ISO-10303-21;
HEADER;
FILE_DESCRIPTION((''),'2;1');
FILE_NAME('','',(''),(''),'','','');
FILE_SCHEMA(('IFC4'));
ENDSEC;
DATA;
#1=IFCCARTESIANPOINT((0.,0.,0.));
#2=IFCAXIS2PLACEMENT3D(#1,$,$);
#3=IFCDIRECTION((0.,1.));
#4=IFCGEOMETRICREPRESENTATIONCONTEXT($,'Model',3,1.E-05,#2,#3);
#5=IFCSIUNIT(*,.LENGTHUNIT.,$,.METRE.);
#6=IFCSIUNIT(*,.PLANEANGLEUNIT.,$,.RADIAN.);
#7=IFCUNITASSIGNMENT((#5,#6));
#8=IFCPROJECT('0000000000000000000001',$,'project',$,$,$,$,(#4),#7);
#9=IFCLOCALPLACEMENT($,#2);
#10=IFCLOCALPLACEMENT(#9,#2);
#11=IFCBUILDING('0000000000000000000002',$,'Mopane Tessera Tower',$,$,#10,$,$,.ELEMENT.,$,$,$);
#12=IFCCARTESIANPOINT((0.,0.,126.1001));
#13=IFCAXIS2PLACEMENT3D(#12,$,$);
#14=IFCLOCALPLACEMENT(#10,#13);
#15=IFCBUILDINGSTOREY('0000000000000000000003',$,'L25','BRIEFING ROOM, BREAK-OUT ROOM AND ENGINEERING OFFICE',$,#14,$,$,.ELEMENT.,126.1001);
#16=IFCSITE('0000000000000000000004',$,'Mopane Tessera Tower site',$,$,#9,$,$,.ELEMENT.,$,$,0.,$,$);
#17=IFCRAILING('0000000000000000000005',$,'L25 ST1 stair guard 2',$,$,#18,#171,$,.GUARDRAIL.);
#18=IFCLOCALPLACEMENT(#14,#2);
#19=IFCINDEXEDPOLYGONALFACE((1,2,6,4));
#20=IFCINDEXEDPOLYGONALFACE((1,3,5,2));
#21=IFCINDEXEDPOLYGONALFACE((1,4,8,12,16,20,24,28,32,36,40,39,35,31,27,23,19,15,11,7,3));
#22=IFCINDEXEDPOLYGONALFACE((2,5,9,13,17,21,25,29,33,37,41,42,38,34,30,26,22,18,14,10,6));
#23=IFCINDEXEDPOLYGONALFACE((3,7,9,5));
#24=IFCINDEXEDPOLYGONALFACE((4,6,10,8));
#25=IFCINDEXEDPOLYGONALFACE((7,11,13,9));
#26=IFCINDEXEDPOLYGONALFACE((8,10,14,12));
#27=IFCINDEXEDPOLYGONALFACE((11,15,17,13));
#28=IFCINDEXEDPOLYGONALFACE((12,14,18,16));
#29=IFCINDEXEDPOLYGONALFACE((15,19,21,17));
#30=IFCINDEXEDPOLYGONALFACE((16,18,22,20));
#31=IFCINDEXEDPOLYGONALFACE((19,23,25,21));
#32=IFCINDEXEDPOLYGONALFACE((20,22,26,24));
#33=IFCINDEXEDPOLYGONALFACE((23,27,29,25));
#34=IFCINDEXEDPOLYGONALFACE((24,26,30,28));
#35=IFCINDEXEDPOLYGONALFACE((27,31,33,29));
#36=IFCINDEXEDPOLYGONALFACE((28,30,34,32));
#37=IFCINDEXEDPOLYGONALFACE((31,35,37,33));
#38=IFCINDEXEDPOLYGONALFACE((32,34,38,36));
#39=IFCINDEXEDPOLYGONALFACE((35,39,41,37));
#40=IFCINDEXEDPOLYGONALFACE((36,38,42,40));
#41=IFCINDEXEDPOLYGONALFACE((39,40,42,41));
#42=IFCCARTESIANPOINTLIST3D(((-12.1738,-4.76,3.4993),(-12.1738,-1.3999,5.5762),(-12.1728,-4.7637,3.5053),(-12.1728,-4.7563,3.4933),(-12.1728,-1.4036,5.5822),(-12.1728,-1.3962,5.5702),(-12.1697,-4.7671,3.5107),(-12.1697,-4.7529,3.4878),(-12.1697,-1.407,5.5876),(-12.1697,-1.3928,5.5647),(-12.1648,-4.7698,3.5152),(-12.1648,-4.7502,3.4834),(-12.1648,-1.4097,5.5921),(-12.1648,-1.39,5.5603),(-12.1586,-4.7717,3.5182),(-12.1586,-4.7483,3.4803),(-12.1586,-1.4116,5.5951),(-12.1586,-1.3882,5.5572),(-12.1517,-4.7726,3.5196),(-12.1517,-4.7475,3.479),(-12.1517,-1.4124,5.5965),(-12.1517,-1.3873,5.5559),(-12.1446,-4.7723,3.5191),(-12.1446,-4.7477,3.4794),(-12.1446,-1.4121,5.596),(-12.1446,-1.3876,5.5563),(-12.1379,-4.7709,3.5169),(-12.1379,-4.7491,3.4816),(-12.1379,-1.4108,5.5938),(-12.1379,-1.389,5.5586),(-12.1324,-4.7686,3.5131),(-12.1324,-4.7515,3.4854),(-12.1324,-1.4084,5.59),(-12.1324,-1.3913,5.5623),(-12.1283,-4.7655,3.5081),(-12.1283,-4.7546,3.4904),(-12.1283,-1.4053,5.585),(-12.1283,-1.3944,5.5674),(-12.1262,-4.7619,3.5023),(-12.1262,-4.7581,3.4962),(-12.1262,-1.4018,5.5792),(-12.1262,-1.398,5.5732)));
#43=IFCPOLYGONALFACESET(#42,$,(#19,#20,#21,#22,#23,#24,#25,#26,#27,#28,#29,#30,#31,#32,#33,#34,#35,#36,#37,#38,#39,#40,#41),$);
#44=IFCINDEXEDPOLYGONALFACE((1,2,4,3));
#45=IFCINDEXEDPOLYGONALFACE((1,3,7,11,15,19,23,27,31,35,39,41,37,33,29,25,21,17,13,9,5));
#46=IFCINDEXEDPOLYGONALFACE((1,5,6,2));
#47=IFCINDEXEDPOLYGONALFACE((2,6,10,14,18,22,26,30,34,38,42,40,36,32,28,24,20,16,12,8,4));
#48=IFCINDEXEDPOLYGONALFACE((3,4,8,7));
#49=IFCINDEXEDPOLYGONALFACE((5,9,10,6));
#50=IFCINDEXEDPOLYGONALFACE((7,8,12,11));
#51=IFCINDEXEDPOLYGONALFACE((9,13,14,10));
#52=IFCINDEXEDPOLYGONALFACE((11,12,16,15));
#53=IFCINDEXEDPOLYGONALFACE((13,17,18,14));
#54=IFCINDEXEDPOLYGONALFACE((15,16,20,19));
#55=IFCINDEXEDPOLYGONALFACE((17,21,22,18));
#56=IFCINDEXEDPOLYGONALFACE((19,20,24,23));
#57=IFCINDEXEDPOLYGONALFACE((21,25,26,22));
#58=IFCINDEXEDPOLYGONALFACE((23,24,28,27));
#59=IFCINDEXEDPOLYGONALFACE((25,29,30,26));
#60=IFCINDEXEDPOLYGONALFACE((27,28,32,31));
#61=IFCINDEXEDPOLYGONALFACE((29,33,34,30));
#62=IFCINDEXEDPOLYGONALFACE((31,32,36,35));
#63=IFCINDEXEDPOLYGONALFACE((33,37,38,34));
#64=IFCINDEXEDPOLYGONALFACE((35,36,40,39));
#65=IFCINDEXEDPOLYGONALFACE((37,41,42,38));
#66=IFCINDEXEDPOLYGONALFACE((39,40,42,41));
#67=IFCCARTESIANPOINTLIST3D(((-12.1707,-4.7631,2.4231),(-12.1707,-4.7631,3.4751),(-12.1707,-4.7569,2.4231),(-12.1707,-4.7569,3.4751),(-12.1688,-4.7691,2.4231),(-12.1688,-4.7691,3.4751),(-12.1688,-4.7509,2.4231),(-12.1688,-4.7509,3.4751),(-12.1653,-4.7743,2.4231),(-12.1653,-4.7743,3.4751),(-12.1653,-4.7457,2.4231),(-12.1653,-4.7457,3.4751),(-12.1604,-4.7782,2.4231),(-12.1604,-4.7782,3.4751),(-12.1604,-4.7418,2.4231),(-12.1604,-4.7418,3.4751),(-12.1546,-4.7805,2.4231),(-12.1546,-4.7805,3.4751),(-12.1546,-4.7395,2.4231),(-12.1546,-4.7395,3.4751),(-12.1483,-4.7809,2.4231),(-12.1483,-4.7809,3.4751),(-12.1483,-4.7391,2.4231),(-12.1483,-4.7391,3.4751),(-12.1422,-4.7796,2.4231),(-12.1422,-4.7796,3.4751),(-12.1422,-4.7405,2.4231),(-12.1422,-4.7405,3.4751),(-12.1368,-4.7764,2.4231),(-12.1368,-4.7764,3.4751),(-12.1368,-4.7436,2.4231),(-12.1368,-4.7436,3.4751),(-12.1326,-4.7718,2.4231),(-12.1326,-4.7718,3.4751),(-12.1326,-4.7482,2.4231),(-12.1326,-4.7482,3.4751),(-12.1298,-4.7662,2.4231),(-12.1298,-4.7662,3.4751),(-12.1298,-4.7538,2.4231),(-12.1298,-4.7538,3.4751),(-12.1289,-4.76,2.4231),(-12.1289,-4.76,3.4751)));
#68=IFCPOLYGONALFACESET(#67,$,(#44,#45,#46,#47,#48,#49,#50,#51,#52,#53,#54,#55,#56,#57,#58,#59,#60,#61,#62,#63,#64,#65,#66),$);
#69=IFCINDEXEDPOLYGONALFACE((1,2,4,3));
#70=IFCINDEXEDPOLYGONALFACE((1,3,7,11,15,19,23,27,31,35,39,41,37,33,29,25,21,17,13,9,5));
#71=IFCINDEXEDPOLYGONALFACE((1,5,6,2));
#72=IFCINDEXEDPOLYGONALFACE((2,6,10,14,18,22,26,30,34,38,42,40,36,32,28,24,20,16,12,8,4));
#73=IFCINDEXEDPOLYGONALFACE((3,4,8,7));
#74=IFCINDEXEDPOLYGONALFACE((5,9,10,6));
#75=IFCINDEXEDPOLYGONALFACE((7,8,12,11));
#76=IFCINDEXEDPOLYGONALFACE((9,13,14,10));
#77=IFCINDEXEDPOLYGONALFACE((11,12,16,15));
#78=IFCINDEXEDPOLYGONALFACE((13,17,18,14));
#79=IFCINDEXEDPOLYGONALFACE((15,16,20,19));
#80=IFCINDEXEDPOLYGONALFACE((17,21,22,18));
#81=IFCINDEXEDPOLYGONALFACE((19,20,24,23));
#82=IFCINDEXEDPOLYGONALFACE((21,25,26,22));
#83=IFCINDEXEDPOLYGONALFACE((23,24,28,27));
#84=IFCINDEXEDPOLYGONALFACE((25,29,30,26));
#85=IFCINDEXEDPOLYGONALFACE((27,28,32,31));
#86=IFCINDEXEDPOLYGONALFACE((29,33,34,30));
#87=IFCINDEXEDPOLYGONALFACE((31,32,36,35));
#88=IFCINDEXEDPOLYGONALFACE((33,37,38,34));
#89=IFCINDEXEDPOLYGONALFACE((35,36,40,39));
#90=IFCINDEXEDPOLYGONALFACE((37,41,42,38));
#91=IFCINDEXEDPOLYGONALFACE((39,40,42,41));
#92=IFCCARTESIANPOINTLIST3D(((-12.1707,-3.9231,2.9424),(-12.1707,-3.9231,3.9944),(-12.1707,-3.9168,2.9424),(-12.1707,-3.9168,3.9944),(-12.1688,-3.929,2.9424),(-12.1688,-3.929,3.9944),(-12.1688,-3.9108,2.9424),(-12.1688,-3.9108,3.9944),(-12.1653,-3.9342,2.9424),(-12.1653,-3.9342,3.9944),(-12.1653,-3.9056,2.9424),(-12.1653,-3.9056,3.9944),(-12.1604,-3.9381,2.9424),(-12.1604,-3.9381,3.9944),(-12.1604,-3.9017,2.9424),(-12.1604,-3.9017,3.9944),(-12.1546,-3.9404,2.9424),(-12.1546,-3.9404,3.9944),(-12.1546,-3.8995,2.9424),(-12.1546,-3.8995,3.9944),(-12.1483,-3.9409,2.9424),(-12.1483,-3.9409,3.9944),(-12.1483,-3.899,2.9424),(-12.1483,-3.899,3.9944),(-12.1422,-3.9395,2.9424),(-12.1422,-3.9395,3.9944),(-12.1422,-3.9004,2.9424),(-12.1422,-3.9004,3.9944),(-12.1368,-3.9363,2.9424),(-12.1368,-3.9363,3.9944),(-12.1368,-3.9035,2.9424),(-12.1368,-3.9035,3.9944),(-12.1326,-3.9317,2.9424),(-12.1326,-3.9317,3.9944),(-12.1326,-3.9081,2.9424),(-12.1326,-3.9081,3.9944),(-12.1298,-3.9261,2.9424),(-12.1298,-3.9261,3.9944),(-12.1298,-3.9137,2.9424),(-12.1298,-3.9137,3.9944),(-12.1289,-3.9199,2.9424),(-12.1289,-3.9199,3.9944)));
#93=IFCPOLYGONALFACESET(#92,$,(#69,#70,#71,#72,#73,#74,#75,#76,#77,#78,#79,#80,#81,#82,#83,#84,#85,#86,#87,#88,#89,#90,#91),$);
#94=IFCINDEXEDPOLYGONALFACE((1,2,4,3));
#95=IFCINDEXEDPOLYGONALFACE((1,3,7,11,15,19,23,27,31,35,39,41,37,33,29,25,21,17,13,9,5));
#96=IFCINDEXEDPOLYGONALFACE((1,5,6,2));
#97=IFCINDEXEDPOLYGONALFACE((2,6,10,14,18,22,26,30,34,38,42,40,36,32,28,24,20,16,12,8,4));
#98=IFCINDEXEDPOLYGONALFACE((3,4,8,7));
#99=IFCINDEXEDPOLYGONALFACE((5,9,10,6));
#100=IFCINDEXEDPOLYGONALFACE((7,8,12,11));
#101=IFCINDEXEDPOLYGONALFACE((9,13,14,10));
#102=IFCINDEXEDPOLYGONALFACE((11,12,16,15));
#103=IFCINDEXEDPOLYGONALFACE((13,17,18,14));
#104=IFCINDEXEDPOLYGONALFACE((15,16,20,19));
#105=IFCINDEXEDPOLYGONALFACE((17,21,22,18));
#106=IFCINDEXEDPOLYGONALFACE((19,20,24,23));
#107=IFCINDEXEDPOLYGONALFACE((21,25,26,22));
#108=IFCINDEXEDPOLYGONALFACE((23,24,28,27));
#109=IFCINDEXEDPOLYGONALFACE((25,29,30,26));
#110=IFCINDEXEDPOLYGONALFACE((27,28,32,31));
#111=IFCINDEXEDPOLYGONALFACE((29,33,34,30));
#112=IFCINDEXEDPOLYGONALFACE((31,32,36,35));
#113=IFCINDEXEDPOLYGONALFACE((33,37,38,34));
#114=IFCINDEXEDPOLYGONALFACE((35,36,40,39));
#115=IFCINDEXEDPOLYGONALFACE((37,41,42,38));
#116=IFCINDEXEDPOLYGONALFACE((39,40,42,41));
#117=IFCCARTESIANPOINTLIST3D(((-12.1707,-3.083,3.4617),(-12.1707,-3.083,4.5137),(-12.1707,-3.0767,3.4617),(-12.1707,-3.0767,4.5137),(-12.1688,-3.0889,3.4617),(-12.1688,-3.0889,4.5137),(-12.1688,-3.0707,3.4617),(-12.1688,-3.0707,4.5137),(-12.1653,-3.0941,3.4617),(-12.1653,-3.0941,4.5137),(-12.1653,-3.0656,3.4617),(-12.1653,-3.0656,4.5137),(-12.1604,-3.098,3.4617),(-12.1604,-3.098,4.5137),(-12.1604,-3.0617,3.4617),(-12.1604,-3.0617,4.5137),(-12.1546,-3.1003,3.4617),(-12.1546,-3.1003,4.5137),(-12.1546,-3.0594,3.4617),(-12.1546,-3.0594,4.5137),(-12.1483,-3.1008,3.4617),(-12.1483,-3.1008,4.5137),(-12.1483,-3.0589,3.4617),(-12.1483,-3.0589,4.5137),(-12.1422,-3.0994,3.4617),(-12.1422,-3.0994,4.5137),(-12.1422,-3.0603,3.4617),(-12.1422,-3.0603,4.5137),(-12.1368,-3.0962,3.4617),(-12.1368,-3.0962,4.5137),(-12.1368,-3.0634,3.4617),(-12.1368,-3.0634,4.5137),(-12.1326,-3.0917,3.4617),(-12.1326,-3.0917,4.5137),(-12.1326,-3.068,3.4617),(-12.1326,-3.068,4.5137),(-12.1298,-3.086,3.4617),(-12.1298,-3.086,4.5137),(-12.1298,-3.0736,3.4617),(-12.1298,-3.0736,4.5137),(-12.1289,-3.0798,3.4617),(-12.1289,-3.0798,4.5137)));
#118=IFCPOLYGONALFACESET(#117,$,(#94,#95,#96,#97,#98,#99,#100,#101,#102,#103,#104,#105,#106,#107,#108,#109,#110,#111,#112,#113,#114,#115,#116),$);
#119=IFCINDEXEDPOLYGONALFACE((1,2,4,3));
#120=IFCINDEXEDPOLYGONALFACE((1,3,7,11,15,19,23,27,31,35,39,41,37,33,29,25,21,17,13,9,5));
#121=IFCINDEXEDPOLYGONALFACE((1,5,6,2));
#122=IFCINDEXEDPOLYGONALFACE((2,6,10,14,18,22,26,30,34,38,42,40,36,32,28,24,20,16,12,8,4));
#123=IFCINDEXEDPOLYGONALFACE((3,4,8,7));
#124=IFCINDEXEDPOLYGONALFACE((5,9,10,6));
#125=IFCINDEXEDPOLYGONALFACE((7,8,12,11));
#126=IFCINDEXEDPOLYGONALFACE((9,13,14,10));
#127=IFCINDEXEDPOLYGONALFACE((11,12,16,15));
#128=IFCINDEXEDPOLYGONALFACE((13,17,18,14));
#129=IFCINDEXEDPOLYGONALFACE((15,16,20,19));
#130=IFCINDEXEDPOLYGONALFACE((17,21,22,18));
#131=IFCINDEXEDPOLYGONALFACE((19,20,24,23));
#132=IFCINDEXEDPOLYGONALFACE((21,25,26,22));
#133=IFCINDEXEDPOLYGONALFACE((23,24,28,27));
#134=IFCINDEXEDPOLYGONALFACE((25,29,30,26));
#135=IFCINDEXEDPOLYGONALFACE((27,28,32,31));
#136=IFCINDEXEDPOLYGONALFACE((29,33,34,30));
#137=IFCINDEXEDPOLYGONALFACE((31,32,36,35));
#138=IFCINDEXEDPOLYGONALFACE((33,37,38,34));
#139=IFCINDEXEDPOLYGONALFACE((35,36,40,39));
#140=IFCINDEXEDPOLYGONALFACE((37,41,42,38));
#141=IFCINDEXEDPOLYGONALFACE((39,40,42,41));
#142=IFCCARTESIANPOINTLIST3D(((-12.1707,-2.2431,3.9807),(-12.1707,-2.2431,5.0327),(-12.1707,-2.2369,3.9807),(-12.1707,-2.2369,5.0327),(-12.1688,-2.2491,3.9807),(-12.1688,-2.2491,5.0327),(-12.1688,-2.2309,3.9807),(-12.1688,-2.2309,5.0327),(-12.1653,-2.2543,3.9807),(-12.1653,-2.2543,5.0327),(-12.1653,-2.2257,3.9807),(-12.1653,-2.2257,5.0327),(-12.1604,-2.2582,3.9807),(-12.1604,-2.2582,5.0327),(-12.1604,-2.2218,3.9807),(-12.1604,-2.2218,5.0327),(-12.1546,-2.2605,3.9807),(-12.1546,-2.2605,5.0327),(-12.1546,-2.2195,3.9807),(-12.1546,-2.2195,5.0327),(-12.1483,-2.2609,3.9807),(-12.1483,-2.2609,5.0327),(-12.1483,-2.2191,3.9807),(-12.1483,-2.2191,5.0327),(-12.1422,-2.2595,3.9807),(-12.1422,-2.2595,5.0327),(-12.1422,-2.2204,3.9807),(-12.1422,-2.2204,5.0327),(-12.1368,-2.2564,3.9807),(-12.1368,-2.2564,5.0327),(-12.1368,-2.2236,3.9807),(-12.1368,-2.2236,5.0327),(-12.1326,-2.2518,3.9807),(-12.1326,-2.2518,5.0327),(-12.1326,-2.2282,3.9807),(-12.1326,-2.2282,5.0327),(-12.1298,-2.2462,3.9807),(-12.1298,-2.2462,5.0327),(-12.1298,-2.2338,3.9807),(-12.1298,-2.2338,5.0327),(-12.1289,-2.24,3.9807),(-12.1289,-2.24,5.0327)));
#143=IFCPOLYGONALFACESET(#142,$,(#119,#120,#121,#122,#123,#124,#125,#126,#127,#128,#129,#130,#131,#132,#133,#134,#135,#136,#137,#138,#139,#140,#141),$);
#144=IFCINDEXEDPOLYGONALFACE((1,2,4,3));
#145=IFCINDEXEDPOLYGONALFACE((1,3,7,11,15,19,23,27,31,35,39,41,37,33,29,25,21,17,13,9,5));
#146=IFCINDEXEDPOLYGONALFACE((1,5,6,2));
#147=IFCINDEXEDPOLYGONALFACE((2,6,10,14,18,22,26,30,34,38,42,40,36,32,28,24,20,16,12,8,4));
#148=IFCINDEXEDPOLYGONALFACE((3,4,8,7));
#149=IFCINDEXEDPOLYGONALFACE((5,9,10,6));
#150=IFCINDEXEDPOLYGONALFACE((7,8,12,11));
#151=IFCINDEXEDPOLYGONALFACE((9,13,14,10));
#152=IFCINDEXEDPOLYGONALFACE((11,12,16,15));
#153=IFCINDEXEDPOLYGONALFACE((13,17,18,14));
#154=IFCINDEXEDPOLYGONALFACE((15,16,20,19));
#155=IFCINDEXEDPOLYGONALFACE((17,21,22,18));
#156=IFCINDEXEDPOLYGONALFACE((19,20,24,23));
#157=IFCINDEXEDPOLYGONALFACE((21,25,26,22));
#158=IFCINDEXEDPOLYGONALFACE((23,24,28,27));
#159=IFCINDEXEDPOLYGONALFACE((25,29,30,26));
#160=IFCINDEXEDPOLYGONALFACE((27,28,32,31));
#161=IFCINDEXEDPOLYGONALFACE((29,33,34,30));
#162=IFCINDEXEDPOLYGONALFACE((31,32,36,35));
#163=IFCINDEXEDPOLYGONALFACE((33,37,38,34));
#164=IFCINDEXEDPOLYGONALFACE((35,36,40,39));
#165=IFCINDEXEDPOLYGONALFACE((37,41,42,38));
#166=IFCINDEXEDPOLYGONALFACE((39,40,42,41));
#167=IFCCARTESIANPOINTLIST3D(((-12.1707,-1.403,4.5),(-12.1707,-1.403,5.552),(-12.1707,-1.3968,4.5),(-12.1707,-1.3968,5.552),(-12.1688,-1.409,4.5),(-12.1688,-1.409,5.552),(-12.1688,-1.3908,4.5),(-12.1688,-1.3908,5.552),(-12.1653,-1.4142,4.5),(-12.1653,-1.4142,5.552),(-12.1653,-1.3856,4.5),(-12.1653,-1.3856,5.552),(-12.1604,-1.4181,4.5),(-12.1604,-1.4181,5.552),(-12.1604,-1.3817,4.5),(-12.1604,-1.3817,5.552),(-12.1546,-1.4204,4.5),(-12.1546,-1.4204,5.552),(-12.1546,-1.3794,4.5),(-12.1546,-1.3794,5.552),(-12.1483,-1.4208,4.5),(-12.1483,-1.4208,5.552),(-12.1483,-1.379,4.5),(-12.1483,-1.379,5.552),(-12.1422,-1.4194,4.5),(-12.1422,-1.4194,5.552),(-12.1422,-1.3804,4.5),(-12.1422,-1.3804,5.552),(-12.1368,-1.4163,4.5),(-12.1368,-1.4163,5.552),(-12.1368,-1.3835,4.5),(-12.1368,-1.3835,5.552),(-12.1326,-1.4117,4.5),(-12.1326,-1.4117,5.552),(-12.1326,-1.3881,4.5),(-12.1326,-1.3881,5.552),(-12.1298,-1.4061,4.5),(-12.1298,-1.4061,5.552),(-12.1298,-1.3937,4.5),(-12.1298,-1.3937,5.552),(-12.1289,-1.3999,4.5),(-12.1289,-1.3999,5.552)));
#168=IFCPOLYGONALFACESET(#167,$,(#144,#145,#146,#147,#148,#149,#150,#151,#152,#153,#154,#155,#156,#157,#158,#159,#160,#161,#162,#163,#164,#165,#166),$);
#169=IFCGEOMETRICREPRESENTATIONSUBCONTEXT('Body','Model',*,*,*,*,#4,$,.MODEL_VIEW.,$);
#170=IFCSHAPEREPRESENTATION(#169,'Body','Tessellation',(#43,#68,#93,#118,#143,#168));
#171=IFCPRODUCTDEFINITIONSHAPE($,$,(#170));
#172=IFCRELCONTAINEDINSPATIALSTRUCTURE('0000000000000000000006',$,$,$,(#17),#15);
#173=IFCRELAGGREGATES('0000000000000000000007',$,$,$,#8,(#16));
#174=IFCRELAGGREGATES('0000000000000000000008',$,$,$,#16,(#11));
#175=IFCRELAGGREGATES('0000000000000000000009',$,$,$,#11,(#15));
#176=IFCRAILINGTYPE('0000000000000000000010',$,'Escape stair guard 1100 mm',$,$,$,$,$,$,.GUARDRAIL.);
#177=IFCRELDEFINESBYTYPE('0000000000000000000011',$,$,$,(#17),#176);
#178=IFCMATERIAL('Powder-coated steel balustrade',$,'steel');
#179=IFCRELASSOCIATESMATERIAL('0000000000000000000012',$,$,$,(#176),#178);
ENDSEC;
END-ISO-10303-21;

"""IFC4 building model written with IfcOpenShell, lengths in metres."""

from ifc_helpers import new_model, si_unit, direction, frame, origin, origin_2d, place, context, subcontext, project, spatial, circle, extrude, material, type_object, element, save


model = new_model("IFC4")

# Units and contexts
model_context = context("Model", 3, precision=1e-05, world=origin(), true_north=direction((0.0, 1.0)))
body_context = subcontext(model_context, "Body", "Model", "MODEL_VIEW")
ifc_project = project(units=[si_unit("LENGTHUNIT", "METRE"), si_unit("PLANEANGLEUNIT", "RADIAN")], contexts=[model_context])

# Site, building, storey
site_placement = place(None, origin())
site = spatial("IfcSite", under=ifc_project, at=site_placement, Name="Mopane Tessera Tower site", CompositionType="ELEMENT", RefElevation=0.0)
building_placement = place(site_placement, origin())
building = spatial("IfcBuilding", under=site, at=building_placement, Name="Mopane Tessera Tower", CompositionType="ELEMENT")
storey_placement = place(building_placement, frame((0.0, 0.0, 126.1001)))
storey = spatial("IfcBuildingStorey", under=building, at=storey_placement, Name="L25", Description="BRIEFING ROOM, BREAK-OUT ROOM AND ENGINEERING OFFICE", CompositionType="ELEMENT", Elevation=126.1001)

# Railing
ifc_material_1 = material(Name="Powder-coated steel balustrade", Category="steel")
railing_type_1 = type_object("IfcRailingType", Name="Escape stair guard 1100 mm", PredefinedType="GUARDRAIL", material=ifc_material_1)
railing_1_placement = place(storey_placement, frame((-12.1499, -4.76, 2.4231)))
element("IfcRailing", 1, at=railing_1_placement, inside=storey, type_object=railing_type_1, Name="L25 ST1 stair guard 2", PredefinedType="GUARDRAIL", context=body_context, shape_type="SweptSolid", body=[
    extrude(circle(Radius=0.0239, at=origin_2d()), frame((0.0, 0.0, 1.0762), z_axis=(0.0, 0.850623, 0.525776), x_axis=(-1.0, 0.0, 0.0)), (0.0, 0.0, 1.0), 3.9502),
    extrude(circle(Radius=0.021, at=origin_2d()), origin(), (0.0, 0.0, 1.0), 1.052),
    extrude(circle(Radius=0.021, at=origin_2d()), frame((0.0, 0.8401, 0.5193)), (0.0, 0.0, 1.0), 1.052),
    extrude(circle(Radius=0.021, at=origin_2d()), frame((0.0, 1.6802, 1.0386)), (0.0, 0.0, 1.0), 1.052),
    extrude(circle(Radius=0.021, at=origin_2d()), frame((0.0, 2.52, 1.5576)), (0.0, 0.0, 1.0), 1.052),
    extrude(circle(Radius=0.021, at=origin_2d()), frame((0.0, 3.3601, 2.0769)), (0.0, 0.0, 1.0), 1.052),
])

save(model, "model.ifc")
